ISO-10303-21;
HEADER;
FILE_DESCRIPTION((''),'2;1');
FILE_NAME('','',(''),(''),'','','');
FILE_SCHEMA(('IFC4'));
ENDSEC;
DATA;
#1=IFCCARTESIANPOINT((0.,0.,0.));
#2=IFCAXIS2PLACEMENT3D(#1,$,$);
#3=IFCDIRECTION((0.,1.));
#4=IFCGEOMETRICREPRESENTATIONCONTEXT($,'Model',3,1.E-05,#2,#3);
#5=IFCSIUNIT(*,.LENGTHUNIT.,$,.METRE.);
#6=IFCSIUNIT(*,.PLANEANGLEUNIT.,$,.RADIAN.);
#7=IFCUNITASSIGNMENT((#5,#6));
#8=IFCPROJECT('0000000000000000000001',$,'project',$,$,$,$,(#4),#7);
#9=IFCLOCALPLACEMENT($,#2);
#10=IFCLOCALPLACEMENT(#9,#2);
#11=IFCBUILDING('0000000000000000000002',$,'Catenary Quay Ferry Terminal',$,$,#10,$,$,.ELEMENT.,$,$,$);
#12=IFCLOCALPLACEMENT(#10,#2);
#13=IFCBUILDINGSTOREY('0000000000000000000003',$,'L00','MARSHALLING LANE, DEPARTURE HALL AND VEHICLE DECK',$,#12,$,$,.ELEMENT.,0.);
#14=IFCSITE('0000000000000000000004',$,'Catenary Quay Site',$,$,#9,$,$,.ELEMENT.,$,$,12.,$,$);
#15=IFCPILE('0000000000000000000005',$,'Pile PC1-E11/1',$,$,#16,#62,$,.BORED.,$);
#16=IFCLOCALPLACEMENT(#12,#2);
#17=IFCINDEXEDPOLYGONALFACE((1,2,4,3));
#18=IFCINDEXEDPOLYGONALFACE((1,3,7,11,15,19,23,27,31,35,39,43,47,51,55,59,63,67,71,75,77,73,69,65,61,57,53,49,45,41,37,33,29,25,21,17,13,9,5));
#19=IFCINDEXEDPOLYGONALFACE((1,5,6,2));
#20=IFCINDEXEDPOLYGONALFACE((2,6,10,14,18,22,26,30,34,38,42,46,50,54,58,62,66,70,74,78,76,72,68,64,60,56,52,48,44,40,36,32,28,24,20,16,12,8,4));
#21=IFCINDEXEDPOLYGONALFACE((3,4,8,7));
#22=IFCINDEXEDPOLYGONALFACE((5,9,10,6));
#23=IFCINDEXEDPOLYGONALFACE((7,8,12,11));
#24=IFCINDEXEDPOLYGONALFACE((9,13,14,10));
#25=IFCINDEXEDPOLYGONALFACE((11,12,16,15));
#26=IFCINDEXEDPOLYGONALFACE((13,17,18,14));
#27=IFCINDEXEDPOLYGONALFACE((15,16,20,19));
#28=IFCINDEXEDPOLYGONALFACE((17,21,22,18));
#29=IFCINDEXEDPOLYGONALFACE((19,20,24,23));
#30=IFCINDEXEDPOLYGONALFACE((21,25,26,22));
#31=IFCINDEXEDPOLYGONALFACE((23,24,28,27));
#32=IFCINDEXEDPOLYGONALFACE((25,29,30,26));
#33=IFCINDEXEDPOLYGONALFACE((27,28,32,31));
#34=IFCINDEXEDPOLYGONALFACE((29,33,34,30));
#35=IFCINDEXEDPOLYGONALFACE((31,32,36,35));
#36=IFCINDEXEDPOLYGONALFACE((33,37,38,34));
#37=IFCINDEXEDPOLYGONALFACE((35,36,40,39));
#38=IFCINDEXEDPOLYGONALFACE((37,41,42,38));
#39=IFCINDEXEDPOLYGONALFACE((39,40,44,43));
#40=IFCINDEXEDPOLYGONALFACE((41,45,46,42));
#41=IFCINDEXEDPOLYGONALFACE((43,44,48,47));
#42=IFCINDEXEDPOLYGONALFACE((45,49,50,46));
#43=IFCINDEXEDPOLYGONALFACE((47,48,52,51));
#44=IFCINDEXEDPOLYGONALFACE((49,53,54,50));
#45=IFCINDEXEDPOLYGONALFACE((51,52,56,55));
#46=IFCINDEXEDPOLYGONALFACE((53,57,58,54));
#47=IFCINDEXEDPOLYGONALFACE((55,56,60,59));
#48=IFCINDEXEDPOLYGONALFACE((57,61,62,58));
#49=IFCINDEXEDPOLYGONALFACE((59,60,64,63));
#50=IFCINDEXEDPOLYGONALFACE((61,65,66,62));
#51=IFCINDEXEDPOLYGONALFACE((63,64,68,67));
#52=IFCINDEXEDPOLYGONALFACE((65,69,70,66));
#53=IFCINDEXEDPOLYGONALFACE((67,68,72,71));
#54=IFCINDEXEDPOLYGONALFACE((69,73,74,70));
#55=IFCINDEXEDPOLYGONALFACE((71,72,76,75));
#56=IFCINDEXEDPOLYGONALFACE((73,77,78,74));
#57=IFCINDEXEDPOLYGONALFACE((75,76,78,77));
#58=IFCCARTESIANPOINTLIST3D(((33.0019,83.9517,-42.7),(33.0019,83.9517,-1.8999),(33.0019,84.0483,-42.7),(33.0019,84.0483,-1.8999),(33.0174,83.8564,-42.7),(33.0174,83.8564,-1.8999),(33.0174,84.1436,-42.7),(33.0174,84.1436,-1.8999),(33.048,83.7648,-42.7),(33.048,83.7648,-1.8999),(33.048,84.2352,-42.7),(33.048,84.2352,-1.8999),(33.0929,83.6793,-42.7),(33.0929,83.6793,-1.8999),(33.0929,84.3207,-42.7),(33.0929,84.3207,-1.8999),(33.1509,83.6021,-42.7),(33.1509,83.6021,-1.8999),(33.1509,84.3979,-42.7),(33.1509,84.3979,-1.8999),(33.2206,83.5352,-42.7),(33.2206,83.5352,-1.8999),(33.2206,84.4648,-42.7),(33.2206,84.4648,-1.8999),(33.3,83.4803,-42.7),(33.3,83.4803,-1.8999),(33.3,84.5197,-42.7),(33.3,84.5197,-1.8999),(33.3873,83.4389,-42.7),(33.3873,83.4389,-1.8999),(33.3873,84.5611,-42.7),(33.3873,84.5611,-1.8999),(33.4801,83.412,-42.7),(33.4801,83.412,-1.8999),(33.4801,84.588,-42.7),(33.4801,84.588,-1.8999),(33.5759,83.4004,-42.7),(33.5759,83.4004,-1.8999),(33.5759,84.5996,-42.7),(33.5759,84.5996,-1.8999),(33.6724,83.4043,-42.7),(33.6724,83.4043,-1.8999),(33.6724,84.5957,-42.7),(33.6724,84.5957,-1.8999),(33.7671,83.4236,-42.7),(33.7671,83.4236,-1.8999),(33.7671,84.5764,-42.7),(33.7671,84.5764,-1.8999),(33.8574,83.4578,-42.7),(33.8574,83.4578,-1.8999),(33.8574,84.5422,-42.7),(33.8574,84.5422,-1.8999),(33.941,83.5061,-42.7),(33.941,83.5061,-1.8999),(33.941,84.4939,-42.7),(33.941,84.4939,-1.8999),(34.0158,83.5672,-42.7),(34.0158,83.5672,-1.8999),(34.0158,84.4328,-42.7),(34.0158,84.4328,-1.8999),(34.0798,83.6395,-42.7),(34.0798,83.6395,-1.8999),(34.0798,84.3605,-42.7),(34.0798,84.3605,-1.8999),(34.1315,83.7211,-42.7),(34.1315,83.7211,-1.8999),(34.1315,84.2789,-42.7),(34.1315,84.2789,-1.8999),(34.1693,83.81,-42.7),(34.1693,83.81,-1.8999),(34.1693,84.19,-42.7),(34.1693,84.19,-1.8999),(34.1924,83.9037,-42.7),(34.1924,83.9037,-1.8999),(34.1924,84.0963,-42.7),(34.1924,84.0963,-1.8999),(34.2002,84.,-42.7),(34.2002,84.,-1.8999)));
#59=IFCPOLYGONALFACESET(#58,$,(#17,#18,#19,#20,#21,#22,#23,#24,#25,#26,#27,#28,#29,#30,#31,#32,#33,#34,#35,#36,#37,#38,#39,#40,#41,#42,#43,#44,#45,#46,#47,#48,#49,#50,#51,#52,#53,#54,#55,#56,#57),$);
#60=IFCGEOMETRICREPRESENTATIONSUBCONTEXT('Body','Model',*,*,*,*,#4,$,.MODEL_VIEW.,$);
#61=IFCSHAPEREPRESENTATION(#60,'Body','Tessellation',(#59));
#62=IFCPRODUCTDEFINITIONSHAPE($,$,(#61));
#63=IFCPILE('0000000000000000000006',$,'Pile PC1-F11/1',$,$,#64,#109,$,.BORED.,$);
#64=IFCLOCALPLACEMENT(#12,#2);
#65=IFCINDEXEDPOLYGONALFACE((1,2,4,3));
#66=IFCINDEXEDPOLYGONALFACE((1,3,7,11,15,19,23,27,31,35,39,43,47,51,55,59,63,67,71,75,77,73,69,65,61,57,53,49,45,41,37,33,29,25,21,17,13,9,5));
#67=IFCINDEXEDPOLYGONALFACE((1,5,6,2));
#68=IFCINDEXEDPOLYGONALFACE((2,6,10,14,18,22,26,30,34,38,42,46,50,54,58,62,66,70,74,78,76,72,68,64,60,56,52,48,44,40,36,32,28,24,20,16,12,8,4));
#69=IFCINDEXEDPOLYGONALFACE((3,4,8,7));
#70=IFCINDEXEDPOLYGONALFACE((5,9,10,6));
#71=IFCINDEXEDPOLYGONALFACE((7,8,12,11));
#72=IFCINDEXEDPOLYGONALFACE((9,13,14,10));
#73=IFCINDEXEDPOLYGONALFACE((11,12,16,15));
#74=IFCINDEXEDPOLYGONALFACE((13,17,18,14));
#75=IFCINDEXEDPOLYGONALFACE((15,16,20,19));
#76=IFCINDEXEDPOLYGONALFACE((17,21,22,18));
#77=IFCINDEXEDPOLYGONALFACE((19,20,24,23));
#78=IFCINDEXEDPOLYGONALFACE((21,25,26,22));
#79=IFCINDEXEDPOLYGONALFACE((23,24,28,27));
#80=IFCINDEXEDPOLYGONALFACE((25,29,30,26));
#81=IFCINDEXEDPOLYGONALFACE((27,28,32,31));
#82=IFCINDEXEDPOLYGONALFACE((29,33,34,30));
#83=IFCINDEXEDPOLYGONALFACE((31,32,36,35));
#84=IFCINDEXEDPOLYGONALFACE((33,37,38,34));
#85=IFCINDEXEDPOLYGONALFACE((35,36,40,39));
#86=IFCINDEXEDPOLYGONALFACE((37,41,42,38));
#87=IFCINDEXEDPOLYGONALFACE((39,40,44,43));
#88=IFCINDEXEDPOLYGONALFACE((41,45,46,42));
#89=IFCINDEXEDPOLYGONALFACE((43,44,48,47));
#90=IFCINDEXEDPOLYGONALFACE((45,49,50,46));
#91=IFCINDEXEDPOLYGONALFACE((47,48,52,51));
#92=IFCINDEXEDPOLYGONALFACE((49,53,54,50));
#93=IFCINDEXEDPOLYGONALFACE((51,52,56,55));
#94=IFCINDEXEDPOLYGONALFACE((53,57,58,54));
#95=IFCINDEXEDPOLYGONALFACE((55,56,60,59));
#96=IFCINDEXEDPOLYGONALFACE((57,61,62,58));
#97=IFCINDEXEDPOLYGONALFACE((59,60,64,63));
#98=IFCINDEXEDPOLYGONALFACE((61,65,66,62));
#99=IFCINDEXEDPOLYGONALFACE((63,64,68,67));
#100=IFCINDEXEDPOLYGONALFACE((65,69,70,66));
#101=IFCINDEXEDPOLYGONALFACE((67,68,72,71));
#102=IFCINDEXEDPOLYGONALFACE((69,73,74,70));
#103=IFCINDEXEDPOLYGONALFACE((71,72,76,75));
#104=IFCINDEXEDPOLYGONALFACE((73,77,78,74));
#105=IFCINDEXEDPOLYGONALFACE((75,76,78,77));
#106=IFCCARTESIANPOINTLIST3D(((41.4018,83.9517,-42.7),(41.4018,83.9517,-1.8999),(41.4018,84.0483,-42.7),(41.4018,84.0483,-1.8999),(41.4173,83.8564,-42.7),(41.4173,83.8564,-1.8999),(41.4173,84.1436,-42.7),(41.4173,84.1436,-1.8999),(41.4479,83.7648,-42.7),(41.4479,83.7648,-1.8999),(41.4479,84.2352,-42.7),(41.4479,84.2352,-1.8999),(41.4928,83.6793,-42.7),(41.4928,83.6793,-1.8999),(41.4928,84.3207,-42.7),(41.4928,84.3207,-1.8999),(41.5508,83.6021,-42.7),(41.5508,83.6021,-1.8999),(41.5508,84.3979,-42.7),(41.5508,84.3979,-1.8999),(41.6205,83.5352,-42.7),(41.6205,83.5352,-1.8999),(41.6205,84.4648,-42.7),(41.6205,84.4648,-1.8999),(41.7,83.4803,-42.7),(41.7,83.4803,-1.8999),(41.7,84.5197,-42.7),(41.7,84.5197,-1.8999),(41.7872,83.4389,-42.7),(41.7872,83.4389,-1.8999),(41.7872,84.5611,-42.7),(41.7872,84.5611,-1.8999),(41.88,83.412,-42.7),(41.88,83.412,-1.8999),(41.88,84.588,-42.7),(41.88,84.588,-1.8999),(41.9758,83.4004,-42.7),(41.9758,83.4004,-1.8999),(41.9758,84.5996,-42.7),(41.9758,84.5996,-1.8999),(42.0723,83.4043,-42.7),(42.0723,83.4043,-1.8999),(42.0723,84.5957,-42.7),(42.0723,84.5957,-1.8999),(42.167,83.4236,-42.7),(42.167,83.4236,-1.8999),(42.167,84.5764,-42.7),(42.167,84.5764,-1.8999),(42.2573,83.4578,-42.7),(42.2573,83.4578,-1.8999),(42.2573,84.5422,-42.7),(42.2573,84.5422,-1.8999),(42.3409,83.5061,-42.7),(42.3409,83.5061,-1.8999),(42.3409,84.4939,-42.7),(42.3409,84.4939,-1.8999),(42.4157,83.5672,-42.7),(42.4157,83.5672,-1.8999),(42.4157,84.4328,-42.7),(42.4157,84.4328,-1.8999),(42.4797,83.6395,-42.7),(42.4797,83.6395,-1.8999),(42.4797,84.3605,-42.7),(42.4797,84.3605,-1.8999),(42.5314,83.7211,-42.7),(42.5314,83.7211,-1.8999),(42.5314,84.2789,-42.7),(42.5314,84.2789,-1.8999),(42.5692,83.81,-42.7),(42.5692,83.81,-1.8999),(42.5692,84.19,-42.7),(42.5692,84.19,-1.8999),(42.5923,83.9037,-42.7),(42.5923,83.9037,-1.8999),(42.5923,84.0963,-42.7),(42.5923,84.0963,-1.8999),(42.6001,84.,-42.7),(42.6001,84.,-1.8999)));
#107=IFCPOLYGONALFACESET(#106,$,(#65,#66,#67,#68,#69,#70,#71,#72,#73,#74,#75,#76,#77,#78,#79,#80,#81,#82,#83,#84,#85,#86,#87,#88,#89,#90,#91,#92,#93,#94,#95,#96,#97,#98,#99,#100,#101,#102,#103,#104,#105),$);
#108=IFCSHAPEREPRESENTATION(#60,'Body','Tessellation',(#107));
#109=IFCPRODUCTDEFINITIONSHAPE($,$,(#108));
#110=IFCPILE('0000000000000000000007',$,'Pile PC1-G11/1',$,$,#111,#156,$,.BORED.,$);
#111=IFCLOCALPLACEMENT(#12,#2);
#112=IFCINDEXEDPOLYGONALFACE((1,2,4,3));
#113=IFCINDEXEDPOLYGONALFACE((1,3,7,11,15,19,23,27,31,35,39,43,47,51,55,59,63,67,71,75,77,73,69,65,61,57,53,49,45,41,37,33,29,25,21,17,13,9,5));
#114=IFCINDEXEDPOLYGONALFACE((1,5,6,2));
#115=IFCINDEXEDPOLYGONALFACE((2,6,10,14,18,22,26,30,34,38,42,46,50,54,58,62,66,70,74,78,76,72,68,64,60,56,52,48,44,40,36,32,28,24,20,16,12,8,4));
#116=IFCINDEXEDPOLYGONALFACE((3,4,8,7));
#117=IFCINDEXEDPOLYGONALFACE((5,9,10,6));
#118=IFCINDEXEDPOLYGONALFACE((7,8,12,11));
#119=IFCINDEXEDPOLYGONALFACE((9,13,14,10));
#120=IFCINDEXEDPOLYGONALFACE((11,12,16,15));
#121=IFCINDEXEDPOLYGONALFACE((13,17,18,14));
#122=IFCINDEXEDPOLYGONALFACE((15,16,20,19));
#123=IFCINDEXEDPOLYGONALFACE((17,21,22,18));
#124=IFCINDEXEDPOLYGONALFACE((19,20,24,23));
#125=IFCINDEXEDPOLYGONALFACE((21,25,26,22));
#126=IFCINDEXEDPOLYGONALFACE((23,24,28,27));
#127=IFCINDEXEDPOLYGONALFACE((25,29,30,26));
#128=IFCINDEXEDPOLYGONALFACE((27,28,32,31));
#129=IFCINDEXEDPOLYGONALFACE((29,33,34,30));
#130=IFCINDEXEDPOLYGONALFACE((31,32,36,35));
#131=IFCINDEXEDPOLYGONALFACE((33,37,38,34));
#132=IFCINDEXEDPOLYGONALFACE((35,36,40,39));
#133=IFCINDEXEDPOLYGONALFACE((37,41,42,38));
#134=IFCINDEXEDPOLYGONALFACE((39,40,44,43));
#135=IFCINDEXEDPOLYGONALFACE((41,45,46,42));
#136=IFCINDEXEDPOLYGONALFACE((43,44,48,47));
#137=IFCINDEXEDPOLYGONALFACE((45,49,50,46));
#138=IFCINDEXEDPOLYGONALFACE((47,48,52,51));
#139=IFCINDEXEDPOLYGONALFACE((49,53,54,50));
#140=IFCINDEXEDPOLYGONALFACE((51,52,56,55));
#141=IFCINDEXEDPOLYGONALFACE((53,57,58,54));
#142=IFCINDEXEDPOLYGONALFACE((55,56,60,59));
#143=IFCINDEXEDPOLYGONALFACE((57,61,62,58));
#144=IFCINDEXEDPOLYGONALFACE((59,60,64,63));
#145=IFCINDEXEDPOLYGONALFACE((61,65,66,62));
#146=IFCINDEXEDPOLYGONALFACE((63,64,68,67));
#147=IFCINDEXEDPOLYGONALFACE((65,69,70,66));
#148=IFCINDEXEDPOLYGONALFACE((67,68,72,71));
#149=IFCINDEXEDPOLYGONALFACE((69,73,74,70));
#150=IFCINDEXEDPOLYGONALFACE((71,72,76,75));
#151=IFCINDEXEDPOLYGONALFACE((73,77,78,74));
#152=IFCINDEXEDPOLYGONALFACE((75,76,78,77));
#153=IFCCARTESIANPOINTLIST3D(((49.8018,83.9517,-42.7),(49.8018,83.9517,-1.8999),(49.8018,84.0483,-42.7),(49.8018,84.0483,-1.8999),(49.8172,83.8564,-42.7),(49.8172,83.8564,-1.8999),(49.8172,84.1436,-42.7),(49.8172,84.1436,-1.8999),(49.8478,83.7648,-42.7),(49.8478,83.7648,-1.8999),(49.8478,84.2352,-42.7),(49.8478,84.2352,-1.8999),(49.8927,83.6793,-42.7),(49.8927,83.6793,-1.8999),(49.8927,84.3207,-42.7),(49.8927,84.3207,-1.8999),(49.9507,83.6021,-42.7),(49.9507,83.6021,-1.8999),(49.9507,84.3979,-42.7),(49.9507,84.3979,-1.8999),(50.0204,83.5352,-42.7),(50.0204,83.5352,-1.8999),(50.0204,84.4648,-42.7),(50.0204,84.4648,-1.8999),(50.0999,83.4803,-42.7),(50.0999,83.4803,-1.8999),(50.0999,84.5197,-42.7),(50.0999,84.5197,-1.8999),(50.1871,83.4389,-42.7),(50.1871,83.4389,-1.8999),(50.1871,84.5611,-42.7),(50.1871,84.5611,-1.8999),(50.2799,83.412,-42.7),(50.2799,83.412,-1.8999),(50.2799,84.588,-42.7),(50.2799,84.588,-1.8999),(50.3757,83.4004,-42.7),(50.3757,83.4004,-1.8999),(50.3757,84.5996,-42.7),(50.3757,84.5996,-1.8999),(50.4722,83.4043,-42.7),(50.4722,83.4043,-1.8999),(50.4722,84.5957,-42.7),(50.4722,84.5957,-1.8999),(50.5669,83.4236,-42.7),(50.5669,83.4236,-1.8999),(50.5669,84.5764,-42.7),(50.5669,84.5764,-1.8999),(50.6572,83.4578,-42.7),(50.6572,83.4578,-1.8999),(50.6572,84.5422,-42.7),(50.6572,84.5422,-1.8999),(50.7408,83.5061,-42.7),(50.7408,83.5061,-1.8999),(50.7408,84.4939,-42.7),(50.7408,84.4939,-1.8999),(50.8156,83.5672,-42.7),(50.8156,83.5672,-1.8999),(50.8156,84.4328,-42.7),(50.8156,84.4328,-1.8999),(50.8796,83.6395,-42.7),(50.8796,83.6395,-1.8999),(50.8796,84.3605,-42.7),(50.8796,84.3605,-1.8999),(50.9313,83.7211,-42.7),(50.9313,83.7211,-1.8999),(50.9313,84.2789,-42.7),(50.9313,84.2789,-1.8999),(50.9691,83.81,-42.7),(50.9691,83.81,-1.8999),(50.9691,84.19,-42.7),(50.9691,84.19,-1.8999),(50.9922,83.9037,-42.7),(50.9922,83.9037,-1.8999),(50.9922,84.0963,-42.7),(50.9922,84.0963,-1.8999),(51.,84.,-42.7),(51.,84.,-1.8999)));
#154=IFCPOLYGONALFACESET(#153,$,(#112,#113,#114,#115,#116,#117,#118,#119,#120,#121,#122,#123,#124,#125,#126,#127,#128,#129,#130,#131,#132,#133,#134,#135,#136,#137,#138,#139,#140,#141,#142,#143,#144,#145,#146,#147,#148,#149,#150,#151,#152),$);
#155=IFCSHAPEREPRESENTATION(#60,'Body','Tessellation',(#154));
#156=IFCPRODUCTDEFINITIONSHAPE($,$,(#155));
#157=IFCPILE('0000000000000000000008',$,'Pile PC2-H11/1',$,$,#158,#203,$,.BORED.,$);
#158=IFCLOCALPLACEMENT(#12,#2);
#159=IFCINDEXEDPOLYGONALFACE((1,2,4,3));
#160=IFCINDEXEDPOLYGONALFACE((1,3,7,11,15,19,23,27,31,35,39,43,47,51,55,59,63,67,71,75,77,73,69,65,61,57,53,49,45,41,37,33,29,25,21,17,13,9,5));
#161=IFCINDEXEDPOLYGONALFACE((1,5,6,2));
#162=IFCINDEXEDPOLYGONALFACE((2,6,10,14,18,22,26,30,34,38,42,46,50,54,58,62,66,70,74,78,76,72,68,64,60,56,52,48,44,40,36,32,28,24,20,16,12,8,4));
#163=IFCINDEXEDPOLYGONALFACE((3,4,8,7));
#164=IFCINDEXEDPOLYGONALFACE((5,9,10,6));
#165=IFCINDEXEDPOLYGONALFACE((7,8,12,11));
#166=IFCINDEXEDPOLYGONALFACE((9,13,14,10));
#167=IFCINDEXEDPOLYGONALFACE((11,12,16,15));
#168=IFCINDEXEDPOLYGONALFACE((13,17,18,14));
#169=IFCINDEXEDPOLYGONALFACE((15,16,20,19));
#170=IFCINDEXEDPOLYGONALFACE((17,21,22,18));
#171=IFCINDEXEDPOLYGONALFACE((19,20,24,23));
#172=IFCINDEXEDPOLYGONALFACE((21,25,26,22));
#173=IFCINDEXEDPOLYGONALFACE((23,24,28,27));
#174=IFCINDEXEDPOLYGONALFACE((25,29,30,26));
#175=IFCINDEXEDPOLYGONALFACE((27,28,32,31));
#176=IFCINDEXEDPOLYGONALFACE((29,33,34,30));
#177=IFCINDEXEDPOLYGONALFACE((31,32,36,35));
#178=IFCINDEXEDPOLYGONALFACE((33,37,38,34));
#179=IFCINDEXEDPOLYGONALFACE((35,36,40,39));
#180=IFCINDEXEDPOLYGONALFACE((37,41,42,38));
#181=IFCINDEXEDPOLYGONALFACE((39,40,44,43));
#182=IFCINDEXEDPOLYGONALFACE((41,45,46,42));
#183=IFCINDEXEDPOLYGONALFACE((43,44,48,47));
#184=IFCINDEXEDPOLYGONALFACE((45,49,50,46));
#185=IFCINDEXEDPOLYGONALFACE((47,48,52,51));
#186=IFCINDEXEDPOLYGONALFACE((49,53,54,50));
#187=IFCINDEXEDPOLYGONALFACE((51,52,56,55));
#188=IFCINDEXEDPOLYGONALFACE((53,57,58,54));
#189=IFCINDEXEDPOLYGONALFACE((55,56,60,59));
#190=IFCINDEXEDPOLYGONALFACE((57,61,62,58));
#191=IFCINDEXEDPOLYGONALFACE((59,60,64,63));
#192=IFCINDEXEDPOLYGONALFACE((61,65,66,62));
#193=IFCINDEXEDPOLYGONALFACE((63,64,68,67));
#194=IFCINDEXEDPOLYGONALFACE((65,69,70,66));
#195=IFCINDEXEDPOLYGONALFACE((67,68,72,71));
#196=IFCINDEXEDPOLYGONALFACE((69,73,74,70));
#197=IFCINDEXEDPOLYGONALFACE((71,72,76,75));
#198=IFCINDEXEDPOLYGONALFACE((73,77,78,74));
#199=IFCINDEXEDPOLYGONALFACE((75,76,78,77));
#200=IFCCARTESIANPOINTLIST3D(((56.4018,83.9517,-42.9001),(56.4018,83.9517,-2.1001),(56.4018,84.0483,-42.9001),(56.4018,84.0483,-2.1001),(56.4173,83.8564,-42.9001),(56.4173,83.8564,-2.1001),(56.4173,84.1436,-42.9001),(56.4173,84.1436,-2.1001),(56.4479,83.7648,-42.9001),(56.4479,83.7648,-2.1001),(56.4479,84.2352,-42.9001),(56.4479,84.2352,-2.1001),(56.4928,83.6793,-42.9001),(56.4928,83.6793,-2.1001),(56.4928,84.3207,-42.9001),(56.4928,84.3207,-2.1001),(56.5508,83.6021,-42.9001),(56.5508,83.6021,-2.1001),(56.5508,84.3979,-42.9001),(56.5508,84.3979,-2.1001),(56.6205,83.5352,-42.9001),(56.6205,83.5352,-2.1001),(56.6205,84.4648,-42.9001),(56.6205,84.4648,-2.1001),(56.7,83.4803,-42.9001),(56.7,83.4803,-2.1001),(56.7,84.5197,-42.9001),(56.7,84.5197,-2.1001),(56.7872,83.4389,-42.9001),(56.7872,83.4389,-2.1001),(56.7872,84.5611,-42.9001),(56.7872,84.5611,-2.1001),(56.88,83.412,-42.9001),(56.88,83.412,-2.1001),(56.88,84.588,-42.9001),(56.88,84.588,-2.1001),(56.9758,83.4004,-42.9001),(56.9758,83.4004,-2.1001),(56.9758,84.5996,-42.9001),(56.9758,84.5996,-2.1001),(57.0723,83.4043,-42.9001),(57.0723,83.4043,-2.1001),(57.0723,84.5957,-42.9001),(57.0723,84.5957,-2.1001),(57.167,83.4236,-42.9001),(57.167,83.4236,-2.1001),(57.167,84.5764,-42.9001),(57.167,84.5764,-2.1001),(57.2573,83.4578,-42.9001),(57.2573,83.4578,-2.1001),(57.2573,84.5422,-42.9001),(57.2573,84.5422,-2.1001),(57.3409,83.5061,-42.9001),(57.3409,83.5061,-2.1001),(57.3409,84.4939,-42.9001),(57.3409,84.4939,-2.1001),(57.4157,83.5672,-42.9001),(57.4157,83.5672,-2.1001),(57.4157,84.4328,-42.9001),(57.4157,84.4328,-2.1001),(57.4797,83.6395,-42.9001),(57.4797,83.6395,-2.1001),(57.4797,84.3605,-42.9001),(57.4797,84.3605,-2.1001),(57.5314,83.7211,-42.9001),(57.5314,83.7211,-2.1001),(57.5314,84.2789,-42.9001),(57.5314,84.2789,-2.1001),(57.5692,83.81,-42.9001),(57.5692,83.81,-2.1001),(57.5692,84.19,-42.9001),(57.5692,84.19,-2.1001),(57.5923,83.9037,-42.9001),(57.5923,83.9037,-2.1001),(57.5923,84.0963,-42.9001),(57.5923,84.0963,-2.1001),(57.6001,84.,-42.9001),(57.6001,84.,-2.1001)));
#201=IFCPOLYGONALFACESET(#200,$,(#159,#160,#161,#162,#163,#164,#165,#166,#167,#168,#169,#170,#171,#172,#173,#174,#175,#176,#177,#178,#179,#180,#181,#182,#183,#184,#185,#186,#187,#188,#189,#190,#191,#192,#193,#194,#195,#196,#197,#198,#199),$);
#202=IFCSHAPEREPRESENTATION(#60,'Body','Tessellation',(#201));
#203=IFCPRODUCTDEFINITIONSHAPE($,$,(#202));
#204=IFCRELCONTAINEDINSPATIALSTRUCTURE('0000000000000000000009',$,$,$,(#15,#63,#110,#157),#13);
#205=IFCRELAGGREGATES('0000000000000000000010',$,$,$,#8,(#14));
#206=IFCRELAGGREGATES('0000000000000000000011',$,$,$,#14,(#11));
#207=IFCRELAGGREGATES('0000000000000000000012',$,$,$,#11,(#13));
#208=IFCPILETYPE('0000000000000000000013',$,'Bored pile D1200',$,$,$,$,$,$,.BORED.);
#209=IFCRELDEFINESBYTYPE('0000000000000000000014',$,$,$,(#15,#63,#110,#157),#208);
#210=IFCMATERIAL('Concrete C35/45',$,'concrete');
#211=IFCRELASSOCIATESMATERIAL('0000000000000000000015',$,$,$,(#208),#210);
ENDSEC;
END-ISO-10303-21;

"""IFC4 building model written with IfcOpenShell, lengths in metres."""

from ifc_helpers import new_model, si_unit, direction, frame, origin, origin_2d, place, context, subcontext, project, spatial, circle, extrude, material, material_profile, profile_set, type_object, element, save


model = new_model("IFC4")

# Units and contexts
model_context = context("Model", 3, precision=1e-05, world=origin(), true_north=direction((0.0, 1.0)))
body_context = subcontext(model_context, "Body", "Model", "MODEL_VIEW")
ifc_project = project(units=[si_unit("LENGTHUNIT", "METRE"), si_unit("PLANEANGLEUNIT", "RADIAN")], contexts=[model_context])

# Site, building, storey
site_placement = place(None, origin())
site = spatial("IfcSite", under=ifc_project, at=site_placement, Name="Catenary Quay Site", CompositionType="ELEMENT", RefElevation=12.0)
building_placement = place(site_placement, origin())
building = spatial("IfcBuilding", under=site, at=building_placement, Name="Catenary Quay Ferry Terminal", CompositionType="ELEMENT")
storey_placement = place(building_placement, origin())
storey = spatial("IfcBuildingStorey", under=building, at=storey_placement, Name="L00", Description="MARSHALLING LANE, DEPARTURE HALL AND VEHICLE DECK", CompositionType="ELEMENT", Elevation=0.0)

# Piles
ifc_material_1 = material(Name="Concrete C35/45", Category="concrete")
ifc_material_profile = material_profile(ifc_material_1, circle(Radius=0.6001, at=origin_2d()), Name="D1200")
ifc_profile_set = profile_set([ifc_material_profile], Name="Concrete C35/45")
pile_type = type_object("IfcPileType", Name="Bored pile D1200", PredefinedType="BORED", material=ifc_profile_set)
for number, where, z_axis, x_axis, name in (
    (1, (33.6001, 84.0, -1.8999), (0.0, 0.0, -1.0), (1.0, 0.0, 0.0), "Pile PC1-E11/1"),
    (2, (42.0, 84.0, -1.8999), (0.0, 0.0, -1.0), (1.0, 0.0, 0.0), "Pile PC1-F11/1"),
    (3, (50.3999, 84.0, -1.8999), (0.0, 0.0, -1.0), (1.0, 0.0, 0.0), "Pile PC1-G11/1"),
    (4, (57.0, 84.0, -2.1001), (0.0, 0.0, -1.0), (1.0, 0.0, 0.0), "Pile PC2-H11/1"),
):
    element("IfcPile", number, at=place(storey_placement, frame(where, z_axis=z_axis, x_axis=x_axis)), inside=storey, type_object=pile_type, Name=name, PredefinedType="BORED", context=body_context, shape_type="SweptSolid", body=[
        extrude(circle(Radius=0.6001, at=origin_2d()), origin(), (0.0, 0.0, 1.0), 40.8),
    ])

save(model, "model.ifc")
